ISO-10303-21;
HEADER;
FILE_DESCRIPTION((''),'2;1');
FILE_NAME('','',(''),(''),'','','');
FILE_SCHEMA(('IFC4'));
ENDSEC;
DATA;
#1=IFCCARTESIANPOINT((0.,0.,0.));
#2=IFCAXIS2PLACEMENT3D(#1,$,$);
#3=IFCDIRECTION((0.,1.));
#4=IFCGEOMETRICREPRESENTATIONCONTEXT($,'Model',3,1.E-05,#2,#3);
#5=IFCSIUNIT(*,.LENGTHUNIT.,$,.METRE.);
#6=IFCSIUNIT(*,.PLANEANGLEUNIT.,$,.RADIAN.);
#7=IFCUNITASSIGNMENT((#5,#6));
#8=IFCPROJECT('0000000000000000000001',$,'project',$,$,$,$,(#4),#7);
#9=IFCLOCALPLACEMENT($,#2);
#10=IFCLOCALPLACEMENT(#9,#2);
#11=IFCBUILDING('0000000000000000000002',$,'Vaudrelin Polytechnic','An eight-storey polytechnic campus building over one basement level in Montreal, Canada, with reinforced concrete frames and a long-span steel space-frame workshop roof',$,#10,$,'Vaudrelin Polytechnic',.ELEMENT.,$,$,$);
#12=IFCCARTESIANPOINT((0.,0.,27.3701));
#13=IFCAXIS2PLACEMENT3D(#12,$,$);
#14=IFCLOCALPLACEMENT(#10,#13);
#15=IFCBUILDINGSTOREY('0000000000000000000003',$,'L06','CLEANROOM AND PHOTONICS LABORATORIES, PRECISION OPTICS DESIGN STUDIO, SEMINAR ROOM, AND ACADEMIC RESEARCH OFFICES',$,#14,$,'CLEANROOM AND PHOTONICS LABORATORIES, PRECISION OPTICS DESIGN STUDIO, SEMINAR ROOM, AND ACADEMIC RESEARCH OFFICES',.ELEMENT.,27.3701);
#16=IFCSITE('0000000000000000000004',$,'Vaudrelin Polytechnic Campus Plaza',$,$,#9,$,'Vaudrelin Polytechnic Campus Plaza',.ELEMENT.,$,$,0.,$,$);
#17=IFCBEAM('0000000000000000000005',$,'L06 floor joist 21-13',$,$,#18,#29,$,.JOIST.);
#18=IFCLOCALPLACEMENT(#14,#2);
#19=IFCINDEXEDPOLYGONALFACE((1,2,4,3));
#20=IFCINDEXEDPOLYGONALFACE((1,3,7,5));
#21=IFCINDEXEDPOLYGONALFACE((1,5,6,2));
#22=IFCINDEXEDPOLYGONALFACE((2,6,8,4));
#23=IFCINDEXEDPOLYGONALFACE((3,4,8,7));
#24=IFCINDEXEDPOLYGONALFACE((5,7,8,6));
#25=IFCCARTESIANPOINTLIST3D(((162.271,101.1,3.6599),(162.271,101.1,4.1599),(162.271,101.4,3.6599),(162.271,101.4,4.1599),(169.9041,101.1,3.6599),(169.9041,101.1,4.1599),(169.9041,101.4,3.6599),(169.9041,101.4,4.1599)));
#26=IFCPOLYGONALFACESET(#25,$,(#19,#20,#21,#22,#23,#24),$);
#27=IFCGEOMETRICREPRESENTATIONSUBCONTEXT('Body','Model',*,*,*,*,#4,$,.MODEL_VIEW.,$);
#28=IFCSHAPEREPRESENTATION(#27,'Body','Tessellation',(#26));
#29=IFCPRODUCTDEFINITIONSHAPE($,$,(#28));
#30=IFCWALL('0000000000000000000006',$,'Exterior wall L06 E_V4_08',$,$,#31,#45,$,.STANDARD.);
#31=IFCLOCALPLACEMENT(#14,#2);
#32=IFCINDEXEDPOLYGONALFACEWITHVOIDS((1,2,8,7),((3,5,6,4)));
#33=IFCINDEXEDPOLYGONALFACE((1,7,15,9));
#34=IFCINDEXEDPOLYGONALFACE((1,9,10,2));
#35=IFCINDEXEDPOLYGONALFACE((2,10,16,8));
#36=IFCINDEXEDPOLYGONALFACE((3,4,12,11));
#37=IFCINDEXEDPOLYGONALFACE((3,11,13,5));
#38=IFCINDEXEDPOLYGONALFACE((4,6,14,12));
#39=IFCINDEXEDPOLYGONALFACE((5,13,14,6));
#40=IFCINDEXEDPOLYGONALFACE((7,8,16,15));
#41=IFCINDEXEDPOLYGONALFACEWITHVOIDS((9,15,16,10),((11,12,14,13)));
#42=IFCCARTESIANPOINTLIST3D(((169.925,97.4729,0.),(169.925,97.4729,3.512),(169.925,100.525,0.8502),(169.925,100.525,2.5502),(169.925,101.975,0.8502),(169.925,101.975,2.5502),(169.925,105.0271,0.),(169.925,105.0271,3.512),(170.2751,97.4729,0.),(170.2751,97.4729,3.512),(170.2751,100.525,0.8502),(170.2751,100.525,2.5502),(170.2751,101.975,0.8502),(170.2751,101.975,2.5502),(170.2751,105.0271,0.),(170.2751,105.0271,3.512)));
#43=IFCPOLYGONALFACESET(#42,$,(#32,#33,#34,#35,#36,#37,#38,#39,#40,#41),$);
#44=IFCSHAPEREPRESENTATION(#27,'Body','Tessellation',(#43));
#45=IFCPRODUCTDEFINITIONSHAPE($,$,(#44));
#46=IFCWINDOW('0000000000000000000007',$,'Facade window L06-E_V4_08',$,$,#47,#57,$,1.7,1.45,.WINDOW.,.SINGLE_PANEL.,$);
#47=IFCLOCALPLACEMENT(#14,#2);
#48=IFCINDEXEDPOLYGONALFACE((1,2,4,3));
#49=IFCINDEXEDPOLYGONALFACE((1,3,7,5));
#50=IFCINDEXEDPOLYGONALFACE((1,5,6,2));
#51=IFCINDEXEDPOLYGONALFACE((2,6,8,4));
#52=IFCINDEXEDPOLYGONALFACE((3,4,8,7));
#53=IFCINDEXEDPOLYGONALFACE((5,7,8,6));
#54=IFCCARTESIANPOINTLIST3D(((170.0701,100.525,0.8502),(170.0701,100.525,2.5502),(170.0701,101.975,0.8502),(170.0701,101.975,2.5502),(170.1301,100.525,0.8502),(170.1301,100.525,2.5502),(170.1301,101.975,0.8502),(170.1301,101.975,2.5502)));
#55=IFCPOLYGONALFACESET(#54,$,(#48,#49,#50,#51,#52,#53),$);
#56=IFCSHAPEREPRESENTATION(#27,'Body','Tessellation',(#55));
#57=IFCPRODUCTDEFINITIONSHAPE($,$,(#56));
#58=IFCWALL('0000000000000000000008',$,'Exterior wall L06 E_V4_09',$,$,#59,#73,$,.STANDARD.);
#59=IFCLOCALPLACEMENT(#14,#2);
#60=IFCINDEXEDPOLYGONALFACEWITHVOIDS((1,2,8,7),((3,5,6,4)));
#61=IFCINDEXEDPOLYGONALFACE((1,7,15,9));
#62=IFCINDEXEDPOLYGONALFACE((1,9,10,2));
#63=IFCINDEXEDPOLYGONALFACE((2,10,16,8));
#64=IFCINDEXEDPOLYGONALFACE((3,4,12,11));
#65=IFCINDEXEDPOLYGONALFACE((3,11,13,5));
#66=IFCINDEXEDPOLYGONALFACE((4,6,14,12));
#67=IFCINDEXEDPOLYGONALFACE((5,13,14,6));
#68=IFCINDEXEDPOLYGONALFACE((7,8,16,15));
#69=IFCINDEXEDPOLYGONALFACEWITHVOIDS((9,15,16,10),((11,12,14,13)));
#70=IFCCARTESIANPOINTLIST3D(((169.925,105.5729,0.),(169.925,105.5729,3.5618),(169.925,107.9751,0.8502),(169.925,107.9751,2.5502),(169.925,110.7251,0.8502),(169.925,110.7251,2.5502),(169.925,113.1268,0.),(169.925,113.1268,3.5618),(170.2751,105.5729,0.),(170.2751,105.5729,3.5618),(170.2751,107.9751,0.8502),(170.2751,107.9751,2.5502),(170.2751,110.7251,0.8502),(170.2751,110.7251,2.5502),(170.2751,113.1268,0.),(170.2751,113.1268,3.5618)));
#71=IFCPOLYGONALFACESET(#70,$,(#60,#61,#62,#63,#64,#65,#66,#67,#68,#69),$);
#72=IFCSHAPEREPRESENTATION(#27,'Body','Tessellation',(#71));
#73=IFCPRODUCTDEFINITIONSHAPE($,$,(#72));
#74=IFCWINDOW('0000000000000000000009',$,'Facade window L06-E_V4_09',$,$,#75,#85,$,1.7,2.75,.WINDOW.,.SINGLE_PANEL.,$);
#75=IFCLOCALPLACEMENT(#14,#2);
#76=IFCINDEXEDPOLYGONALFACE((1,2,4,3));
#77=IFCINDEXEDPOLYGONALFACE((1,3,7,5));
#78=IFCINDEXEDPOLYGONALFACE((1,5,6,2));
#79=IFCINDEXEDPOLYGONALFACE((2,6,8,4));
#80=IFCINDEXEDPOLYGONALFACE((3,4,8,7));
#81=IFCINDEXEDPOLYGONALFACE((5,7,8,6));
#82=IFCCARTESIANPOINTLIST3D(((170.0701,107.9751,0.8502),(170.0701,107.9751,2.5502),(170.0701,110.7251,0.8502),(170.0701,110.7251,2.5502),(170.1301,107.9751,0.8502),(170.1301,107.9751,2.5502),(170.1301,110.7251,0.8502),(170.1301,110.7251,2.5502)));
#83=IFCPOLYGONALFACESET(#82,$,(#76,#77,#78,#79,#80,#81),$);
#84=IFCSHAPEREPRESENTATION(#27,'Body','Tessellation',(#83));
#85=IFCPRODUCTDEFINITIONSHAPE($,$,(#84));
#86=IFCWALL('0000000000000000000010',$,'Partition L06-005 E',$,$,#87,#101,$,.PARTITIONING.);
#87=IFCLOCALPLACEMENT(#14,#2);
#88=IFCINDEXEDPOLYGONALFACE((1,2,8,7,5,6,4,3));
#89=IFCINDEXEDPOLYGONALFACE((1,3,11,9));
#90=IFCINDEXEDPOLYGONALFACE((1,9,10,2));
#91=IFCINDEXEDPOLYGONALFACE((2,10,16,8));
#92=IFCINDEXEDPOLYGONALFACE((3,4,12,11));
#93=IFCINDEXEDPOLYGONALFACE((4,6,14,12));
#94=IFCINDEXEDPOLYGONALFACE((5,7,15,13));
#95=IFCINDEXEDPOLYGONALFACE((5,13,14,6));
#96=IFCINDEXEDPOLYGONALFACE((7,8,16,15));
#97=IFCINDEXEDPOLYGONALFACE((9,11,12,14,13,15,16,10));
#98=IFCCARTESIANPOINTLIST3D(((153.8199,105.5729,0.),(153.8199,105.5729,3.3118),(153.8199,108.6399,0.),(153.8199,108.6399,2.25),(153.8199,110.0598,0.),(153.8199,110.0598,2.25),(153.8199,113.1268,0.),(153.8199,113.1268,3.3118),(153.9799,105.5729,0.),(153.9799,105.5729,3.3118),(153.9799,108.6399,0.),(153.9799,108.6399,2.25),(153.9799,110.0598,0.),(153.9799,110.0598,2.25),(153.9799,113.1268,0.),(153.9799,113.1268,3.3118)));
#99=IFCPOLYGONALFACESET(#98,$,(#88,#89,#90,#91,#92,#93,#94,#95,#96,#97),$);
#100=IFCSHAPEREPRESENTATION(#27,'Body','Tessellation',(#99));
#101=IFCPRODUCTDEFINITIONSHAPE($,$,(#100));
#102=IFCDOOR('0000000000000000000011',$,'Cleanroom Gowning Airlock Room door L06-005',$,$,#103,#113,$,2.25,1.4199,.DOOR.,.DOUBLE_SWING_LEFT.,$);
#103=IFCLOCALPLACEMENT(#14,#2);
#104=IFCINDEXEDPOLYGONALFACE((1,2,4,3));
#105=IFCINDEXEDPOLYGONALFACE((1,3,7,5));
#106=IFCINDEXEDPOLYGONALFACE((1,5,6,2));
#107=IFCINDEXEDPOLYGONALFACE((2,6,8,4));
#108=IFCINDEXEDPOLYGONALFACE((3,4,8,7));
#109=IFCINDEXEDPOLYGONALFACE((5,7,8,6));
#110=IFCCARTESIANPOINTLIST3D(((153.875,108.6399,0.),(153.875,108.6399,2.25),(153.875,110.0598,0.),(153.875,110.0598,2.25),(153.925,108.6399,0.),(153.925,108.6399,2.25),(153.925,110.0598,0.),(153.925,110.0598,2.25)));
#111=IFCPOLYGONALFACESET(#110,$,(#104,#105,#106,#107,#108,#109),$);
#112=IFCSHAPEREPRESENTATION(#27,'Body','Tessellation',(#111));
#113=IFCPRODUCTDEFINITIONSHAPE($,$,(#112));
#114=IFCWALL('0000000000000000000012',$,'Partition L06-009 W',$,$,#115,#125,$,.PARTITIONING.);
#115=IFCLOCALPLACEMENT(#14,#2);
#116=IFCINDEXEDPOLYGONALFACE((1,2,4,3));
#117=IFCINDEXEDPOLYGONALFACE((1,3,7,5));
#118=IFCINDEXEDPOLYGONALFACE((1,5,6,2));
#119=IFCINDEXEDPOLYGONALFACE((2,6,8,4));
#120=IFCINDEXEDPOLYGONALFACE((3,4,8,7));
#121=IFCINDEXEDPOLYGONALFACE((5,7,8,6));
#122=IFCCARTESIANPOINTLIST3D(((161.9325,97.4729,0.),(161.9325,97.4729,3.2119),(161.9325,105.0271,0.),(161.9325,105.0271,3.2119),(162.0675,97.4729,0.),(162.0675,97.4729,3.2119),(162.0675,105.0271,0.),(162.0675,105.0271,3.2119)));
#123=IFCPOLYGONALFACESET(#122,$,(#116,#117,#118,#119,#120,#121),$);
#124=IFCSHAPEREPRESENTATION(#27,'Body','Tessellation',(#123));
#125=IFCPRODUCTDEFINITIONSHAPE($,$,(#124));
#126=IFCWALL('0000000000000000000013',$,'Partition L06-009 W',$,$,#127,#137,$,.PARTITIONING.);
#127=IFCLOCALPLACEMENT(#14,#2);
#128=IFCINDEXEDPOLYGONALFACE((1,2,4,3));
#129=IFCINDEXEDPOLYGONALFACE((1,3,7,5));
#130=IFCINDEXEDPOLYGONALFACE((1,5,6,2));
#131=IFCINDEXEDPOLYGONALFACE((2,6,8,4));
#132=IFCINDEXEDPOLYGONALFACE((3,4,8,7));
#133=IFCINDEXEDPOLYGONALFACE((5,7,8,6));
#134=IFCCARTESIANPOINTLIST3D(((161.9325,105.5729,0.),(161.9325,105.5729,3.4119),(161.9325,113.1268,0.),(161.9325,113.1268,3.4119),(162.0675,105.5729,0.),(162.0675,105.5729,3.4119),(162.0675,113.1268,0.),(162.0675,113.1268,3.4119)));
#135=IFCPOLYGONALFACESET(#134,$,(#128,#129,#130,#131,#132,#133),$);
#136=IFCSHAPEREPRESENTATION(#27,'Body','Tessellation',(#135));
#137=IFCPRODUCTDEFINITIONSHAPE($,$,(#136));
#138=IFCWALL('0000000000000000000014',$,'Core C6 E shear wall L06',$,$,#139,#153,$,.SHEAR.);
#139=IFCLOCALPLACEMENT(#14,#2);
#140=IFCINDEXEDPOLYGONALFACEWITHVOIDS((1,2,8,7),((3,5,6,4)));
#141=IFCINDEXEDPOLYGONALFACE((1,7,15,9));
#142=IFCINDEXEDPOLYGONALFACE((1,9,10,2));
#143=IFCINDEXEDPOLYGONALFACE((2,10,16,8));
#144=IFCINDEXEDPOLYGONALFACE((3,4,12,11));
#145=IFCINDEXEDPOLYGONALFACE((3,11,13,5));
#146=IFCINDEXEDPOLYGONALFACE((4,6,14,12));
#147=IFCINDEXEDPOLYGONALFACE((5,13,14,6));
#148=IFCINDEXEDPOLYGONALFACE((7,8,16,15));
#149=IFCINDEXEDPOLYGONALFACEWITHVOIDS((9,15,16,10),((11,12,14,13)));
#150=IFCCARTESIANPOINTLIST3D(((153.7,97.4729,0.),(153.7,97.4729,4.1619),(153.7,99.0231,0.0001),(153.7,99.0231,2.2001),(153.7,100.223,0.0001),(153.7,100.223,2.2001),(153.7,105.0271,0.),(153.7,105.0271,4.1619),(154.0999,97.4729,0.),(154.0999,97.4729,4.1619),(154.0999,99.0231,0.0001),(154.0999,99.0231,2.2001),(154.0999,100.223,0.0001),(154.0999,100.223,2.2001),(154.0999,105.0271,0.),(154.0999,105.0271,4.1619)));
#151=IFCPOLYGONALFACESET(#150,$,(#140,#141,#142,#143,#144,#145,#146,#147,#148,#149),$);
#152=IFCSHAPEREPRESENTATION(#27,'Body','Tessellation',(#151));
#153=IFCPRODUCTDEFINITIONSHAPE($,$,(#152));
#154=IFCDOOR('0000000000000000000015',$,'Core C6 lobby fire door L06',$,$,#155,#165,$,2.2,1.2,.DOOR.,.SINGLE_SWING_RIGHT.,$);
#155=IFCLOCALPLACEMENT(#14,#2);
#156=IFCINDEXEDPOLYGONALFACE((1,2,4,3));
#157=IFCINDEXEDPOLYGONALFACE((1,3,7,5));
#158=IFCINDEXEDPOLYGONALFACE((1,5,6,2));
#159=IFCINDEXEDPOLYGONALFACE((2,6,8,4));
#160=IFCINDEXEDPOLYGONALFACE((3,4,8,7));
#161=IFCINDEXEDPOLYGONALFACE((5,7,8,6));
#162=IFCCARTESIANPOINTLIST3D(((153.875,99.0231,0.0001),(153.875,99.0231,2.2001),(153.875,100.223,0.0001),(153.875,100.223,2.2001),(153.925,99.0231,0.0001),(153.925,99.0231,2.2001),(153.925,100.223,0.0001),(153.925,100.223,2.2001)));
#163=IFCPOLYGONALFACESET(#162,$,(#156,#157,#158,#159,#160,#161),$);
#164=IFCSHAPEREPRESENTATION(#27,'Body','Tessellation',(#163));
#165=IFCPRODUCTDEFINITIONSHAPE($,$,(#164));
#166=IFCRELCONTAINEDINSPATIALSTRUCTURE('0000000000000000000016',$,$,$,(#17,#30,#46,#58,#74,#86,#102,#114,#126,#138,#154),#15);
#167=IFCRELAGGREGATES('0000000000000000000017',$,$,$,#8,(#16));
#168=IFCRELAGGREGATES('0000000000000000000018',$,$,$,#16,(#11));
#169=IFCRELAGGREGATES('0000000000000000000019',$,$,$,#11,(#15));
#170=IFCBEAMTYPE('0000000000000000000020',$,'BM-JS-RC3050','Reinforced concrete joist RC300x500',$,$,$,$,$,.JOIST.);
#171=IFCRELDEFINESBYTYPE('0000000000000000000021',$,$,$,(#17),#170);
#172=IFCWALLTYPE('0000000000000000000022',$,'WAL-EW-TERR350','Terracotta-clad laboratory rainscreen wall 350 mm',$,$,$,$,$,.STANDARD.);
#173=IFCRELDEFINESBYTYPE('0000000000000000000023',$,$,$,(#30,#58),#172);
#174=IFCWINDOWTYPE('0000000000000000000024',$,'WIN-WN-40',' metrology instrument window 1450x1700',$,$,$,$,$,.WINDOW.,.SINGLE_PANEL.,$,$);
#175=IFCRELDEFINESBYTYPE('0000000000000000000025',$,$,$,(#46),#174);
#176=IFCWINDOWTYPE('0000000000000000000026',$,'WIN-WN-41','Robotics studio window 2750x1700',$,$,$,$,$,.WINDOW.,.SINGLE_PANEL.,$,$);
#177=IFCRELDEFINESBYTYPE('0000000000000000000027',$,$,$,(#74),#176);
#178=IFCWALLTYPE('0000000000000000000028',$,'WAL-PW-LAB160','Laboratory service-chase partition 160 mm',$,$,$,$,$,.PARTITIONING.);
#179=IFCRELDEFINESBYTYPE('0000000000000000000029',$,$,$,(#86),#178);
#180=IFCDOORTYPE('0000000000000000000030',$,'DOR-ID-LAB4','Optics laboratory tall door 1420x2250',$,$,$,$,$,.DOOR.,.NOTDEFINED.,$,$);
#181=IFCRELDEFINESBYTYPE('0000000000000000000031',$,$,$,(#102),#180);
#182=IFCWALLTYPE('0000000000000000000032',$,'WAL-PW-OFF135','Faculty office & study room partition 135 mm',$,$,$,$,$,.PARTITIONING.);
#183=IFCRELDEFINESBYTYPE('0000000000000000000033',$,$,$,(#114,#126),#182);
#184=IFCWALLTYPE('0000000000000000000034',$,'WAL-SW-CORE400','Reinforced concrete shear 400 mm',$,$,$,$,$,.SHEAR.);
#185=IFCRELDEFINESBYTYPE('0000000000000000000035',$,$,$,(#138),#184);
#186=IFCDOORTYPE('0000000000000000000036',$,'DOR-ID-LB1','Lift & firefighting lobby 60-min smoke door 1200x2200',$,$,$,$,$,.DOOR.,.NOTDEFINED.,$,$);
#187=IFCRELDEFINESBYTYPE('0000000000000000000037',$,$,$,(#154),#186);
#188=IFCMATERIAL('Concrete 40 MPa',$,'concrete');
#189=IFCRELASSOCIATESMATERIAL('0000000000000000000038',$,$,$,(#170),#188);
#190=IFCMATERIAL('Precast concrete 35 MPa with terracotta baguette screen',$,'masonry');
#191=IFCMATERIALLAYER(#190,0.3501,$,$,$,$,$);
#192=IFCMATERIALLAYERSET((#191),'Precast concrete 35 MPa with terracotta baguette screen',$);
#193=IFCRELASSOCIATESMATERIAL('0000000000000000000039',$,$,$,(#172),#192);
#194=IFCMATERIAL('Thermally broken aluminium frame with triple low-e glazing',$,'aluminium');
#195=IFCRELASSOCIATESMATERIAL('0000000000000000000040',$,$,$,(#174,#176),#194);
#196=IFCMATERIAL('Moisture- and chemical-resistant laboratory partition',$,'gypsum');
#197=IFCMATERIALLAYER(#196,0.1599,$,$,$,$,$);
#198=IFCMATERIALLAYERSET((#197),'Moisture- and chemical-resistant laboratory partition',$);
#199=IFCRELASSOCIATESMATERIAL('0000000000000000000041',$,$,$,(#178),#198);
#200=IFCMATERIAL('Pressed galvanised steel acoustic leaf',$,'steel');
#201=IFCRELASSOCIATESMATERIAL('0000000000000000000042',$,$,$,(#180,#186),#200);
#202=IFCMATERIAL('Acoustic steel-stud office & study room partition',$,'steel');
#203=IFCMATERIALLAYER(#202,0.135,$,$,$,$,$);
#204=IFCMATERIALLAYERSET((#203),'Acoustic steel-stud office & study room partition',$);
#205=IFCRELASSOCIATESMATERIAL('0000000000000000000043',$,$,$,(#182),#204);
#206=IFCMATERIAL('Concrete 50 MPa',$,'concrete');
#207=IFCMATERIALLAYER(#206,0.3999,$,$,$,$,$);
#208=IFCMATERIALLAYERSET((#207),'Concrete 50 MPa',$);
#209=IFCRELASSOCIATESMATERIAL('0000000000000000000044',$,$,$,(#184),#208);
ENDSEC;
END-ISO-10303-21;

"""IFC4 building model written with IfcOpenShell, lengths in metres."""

from ifc_helpers import new_model, si_unit, direction, frame, frame_2d, origin, origin_2d, place, context, subcontext, project, spatial, rectangle, extrude, material, layer, layer_set, material_profile, profile_set, type_object, element, fill, save


model = new_model("IFC4")

# Units and contexts
model_context = context("Model", 3, precision=1e-05, world=origin(), true_north=direction((0.0, 1.0)))
body_context = subcontext(model_context, "Body", "Model", "MODEL_VIEW")
ifc_project = project(units=[si_unit("LENGTHUNIT", "METRE"), si_unit("PLANEANGLEUNIT", "RADIAN")], contexts=[model_context])

# Site, building, storey
site_placement = place(None, origin())
site = spatial("IfcSite", under=ifc_project, at=site_placement, Name="Vaudrelin Polytechnic Campus Plaza", LongName="Vaudrelin Polytechnic Campus Plaza", CompositionType="ELEMENT", RefElevation=0.0)
building_placement = place(site_placement, origin())
building = spatial("IfcBuilding", under=site, at=building_placement, Name="Vaudrelin Polytechnic", Description="An eight-storey polytechnic campus building over one basement level in Montreal, Canada, with reinforced concrete frames and a long-span steel space-frame workshop roof", LongName="Vaudrelin Polytechnic", CompositionType="ELEMENT")
storey_placement = place(building_placement, frame((0.0, 0.0, 27.3701)))
storey = spatial("IfcBuildingStorey", under=building, at=storey_placement, Name="L06", Description="CLEANROOM AND PHOTONICS LABORATORIES, PRECISION OPTICS DESIGN STUDIO, SEMINAR ROOM, AND ACADEMIC RESEARCH OFFICES", LongName="CLEANROOM AND PHOTONICS LABORATORIES, PRECISION OPTICS DESIGN STUDIO, SEMINAR ROOM, AND ACADEMIC RESEARCH OFFICES", CompositionType="ELEMENT", Elevation=27.3701)

# Shared definitions
ifc_material_1 = material(Name="Concrete 40 MPa", Category="concrete")

# Beam
ifc_material_2 = material(Name="Concrete 50 MPa", Category="concrete")
ifc_material_profile_1 = material_profile(ifc_material_1, rectangle(XDim=0.3, YDim=0.5, at=origin_2d()), Name="RC300x500")
ifc_profile_set_1 = profile_set([ifc_material_profile_1], Name="Concrete 40 MPa")
beam_type_1 = type_object("IfcBeamType", Name="BM-JS-RC3050", Description="Reinforced concrete joist RC300x500", PredefinedType="JOIST", material=ifc_profile_set_1)
for number, where, z_axis, x_axis, name in (
    (1, (162.271, 101.25, 3.9099), (1.0, 0.0, 0.0), (0.0, 1.0, 0.0), "L06 floor joist 21-13"),
):
    element("IfcBeam", number, at=place(storey_placement, frame(where, z_axis=z_axis, x_axis=x_axis)), inside=storey, type_object=beam_type_1, Name=name, PredefinedType="JOIST", context=body_context, shape_type="SweptSolid", body=[
        extrude(rectangle(XDim=0.3, YDim=0.5, at=origin_2d()), origin(), (0.0, 0.0, 1.0), 7.6331),
    ])

# Walls, openings, windows
ifc_material_3 = material(Name="Precast concrete 35 MPa with terracotta baguette screen", Category="masonry")
ifc_layer_1 = layer(ifc_material_3, 0.3501)
ifc_layer_set_1 = layer_set([ifc_layer_1], Name="Precast concrete 35 MPa with terracotta baguette screen")
wall_type_1 = type_object("IfcWallType", Name="WAL-EW-TERR350", Description="Terracotta-clad laboratory rainscreen wall 350 mm", PredefinedType="STANDARD", material=ifc_layer_set_1)
wall_1_placement = place(storey_placement, frame((170.1001, 97.4729, 0.0), z_axis=(0.0, 0.0, 1.0), x_axis=(0.0, 1.0, 0.0)))
wall_1 = element("IfcWall", 2, at=wall_1_placement, inside=storey, type_object=wall_type_1, Name="Exterior wall L06 E_V4_08", PredefinedType="STANDARD", context=body_context, shape_type="SweptSolid", body=[
    extrude(rectangle(XDim=7.5542, YDim=0.3501, at=frame_2d((3.7771, 0.0))), origin(), (0.0, 0.0, 1.0), 3.512),
])
opening_1_placement = place(wall_1_placement, frame((3.052, 0.0, 0.8501)))
opening_1 = element("IfcOpeningElement", 3, at=opening_1_placement, cuts=wall_1, PredefinedType="OPENING", context=body_context, shape_type="SweptSolid", body=[
    extrude(rectangle(XDim=1.45, YDim=1.7, at=frame_2d((0.7251, 0.8501))), frame((0.0, 0.1851, 0.0), z_axis=(0.0, -1.0, 0.0), x_axis=(1.0, 0.0, 0.0)), (0.0, 0.0, 1.0), 0.3701),
])
ifc_material_4 = material(Name="Thermally broken aluminium frame with triple low-e glazing", Category="aluminium")
window_type_1 = type_object("IfcWindowType", Name="WIN-WN-40", Description=" metrology instrument window 1450x1700", PartitioningType="SINGLE_PANEL", PredefinedType="WINDOW", material=ifc_material_4)
window_1_placement = place(opening_1_placement, origin())
window_1 = element("IfcWindow", 4, at=window_1_placement, inside=storey, type_object=window_type_1, Name="Facade window L06-E_V4_08", OverallHeight=1.7, OverallWidth=1.45, PartitioningType="SINGLE_PANEL", PredefinedType="WINDOW", context=body_context, shape_type="SweptSolid", body=[
    extrude(rectangle(XDim=1.45, YDim=1.7, at=frame_2d((0.7251, 0.8501))), frame((0.0, 0.03, 0.0), z_axis=(0.0, -1.0, 0.0), x_axis=(1.0, 0.0, 0.0)), (0.0, 0.0, 1.0), 0.0601),
])
fill(opening_1, window_1)
wall_2_placement = place(storey_placement, frame((170.1001, 105.573, 0.0), z_axis=(0.0, 0.0, 1.0), x_axis=(0.0, 1.0, 0.0)))
wall_2 = element("IfcWall", 5, at=wall_2_placement, inside=storey, type_object=wall_type_1, Name="Exterior wall L06 E_V4_09", PredefinedType="STANDARD", context=body_context, shape_type="SweptSolid", body=[
    extrude(rectangle(XDim=7.554, YDim=0.3501, at=frame_2d((3.7769, 0.0))), origin(), (0.0, 0.0, 1.0), 3.5618),
])
opening_2_placement = place(wall_2_placement, frame((2.4021, 0.0, 0.8501)))
opening_2 = element("IfcOpeningElement", 6, at=opening_2_placement, cuts=wall_2, PredefinedType="OPENING", context=body_context, shape_type="SweptSolid", body=[
    extrude(rectangle(XDim=2.75, YDim=1.7, at=frame_2d((1.375, 0.8501))), frame((0.0, 0.1851, 0.0), z_axis=(0.0, -1.0, 0.0), x_axis=(1.0, 0.0, 0.0)), (0.0, 0.0, 1.0), 0.3701),
])
window_type_2 = type_object("IfcWindowType", Name="WIN-WN-41", Description="Robotics studio window 2750x1700", PartitioningType="SINGLE_PANEL", PredefinedType="WINDOW", material=ifc_material_4)
window_2_placement = place(opening_2_placement, origin())
window_2 = element("IfcWindow", 7, at=window_2_placement, inside=storey, type_object=window_type_2, Name="Facade window L06-E_V4_09", OverallHeight=1.7, OverallWidth=2.75, PartitioningType="SINGLE_PANEL", PredefinedType="WINDOW", context=body_context, shape_type="SweptSolid", body=[
    extrude(rectangle(XDim=2.75, YDim=1.7, at=frame_2d((1.375, 0.8501))), frame((0.0, 0.03, 0.0), z_axis=(0.0, -1.0, 0.0), x_axis=(1.0, 0.0, 0.0)), (0.0, 0.0, 1.0), 0.0601),
])
fill(opening_2, window_2)

# Wall, opening, door
ifc_material_5 = material(Name="Moisture- and chemical-resistant laboratory partition", Category="gypsum")
ifc_layer_2 = layer(ifc_material_5, 0.1599)
ifc_layer_set_2 = layer_set([ifc_layer_2], Name="Moisture- and chemical-resistant laboratory partition")
wall_type_2 = type_object("IfcWallType", Name="WAL-PW-LAB160", Description="Laboratory service-chase partition 160 mm", PredefinedType="PARTITIONING", material=ifc_layer_set_2)
wall_3_placement = place(storey_placement, frame((153.8999, 105.573, 0.0), z_axis=(0.0, 0.0, 1.0), x_axis=(0.0, 1.0, 0.0)))
wall_3 = element("IfcWall", 8, at=wall_3_placement, inside=storey, type_object=wall_type_2, Name="Partition L06-005 E", PredefinedType="PARTITIONING", context=body_context, shape_type="SweptSolid", body=[
    extrude(rectangle(XDim=7.554, YDim=0.1599, at=frame_2d((3.7769, 0.0))), origin(), (0.0, 0.0, 1.0), 3.3118),
])
opening_3_placement = place(wall_3_placement, frame((3.0669, 0.0, 0.0)))
opening_3 = element("IfcOpeningElement", 9, at=opening_3_placement, cuts=wall_3, PredefinedType="OPENING", context=body_context, shape_type="SweptSolid", body=[
    extrude(rectangle(XDim=1.4199, YDim=2.25, at=frame_2d((0.71, 1.125))), frame((0.0, 0.0898, 0.0), z_axis=(0.0, -1.0, 0.0), x_axis=(1.0, 0.0, 0.0)), (0.0, 0.0, 1.0), 0.1799),
])
ifc_material_6 = material(Name="Pressed galvanised steel acoustic leaf", Category="steel")
door_type_1 = type_object("IfcDoorType", Name="DOR-ID-LAB4", Description="Optics laboratory tall door 1420x2250", OperationType="NOTDEFINED", PredefinedType="DOOR", material=ifc_material_6)
door_1_placement = place(opening_3_placement, origin())
door_1 = element("IfcDoor", 10, at=door_1_placement, inside=storey, type_object=door_type_1, Name="Cleanroom Gowning Airlock Room door L06-005", OperationType="DOUBLE_SWING_LEFT", OverallHeight=2.25, OverallWidth=1.4199, PredefinedType="DOOR", context=body_context, shape_type="SweptSolid", body=[
    extrude(rectangle(XDim=1.4199, YDim=2.25, at=frame_2d((0.71, 1.125))), frame((0.0, 0.0249, 0.0), z_axis=(0.0, -1.0, 0.0), x_axis=(1.0, 0.0, 0.0)), (0.0, 0.0, 1.0), 0.05),
])
fill(opening_3, door_1)

# Walls
ifc_material_7 = material(Name="Acoustic steel-stud office & study room partition", Category="steel")
ifc_layer_3 = layer(ifc_material_7, 0.135)
ifc_layer_set_3 = layer_set([ifc_layer_3], Name="Acoustic steel-stud office & study room partition")
wall_type_3 = type_object("IfcWallType", Name="WAL-PW-OFF135", Description="Faculty office & study room partition 135 mm", PredefinedType="PARTITIONING", material=ifc_layer_set_3)
wall_4_placement = place(storey_placement, frame((162.0, 97.4729, 0.0), z_axis=(0.0, 0.0, 1.0), x_axis=(0.0, 1.0, 0.0)))
element("IfcWall", 11, at=wall_4_placement, inside=storey, type_object=wall_type_3, Name="Partition L06-009 W", PredefinedType="PARTITIONING", context=body_context, shape_type="SweptSolid", body=[
    extrude(rectangle(XDim=7.5542, YDim=0.135, at=frame_2d((3.7771, 0.0))), origin(), (0.0, 0.0, 1.0), 3.2119),
])
wall_5_placement = place(storey_placement, frame((162.0, 105.573, 0.0), z_axis=(0.0, 0.0, 1.0), x_axis=(0.0, 1.0, 0.0)))
element("IfcWall", 12, at=wall_5_placement, inside=storey, type_object=wall_type_3, Name="Partition L06-009 W", PredefinedType="PARTITIONING", context=body_context, shape_type="SweptSolid", body=[
    extrude(rectangle(XDim=7.554, YDim=0.135, at=frame_2d((3.7769, 0.0))), origin(), (0.0, 0.0, 1.0), 3.4119),
])

# Wall, opening, door
ifc_layer_4 = layer(ifc_material_2, 0.3999)
ifc_layer_set_4 = layer_set([ifc_layer_4], Name="Concrete 50 MPa")
wall_type_4 = type_object("IfcWallType", Name="WAL-SW-CORE400", Description="Reinforced concrete shear 400 mm", PredefinedType="SHEAR", material=ifc_layer_set_4)
wall_6_placement = place(storey_placement, frame((153.8999, 97.4729, 0.0), z_axis=(0.0, 0.0, 1.0), x_axis=(0.0, 1.0, 0.0)))
wall_6 = element("IfcWall", 13, at=wall_6_placement, inside=storey, type_object=wall_type_4, Name="Core C6 E shear wall L06", PredefinedType="SHEAR", context=body_context, shape_type="SweptSolid", body=[
    extrude(rectangle(XDim=7.5542, YDim=0.3999, at=frame_2d((3.7771, 0.0))), origin(), (0.0, 0.0, 1.0), 4.1619),
])
opening_4_placement = place(wall_6_placement, frame((1.55, 0.0, 0.0)))
opening_4 = element("IfcOpeningElement", 14, at=opening_4_placement, cuts=wall_6, PredefinedType="OPENING", context=body_context, shape_type="SweptSolid", body=[
    extrude(rectangle(XDim=1.2, YDim=2.2, at=frame_2d((0.6001, 1.1001))), frame((0.0, 0.21, 0.0), z_axis=(0.0, -1.0, 0.0), x_axis=(1.0, 0.0, 0.0)), (0.0, 0.0, 1.0), 0.4199),
])
door_type_2 = type_object("IfcDoorType", Name="DOR-ID-LB1", Description="Lift & firefighting lobby 60-min smoke door 1200x2200", OperationType="NOTDEFINED", PredefinedType="DOOR", material=ifc_material_6)
door_2_placement = place(opening_4_placement, origin())
door_2 = element("IfcDoor", 15, at=door_2_placement, inside=storey, type_object=door_type_2, Name="Core C6 lobby fire door L06", OperationType="SINGLE_SWING_RIGHT", OverallHeight=2.2, OverallWidth=1.2, PredefinedType="DOOR", context=body_context, shape_type="SweptSolid", body=[
    extrude(rectangle(XDim=1.2, YDim=2.2, at=frame_2d((0.6001, 1.1001))), frame((0.0, 0.0249, 0.0), z_axis=(0.0, -1.0, 0.0), x_axis=(1.0, 0.0, 0.0)), (0.0, 0.0, 1.0), 0.05),
])
fill(opening_4, door_2)

save(model, "model.ifc")
